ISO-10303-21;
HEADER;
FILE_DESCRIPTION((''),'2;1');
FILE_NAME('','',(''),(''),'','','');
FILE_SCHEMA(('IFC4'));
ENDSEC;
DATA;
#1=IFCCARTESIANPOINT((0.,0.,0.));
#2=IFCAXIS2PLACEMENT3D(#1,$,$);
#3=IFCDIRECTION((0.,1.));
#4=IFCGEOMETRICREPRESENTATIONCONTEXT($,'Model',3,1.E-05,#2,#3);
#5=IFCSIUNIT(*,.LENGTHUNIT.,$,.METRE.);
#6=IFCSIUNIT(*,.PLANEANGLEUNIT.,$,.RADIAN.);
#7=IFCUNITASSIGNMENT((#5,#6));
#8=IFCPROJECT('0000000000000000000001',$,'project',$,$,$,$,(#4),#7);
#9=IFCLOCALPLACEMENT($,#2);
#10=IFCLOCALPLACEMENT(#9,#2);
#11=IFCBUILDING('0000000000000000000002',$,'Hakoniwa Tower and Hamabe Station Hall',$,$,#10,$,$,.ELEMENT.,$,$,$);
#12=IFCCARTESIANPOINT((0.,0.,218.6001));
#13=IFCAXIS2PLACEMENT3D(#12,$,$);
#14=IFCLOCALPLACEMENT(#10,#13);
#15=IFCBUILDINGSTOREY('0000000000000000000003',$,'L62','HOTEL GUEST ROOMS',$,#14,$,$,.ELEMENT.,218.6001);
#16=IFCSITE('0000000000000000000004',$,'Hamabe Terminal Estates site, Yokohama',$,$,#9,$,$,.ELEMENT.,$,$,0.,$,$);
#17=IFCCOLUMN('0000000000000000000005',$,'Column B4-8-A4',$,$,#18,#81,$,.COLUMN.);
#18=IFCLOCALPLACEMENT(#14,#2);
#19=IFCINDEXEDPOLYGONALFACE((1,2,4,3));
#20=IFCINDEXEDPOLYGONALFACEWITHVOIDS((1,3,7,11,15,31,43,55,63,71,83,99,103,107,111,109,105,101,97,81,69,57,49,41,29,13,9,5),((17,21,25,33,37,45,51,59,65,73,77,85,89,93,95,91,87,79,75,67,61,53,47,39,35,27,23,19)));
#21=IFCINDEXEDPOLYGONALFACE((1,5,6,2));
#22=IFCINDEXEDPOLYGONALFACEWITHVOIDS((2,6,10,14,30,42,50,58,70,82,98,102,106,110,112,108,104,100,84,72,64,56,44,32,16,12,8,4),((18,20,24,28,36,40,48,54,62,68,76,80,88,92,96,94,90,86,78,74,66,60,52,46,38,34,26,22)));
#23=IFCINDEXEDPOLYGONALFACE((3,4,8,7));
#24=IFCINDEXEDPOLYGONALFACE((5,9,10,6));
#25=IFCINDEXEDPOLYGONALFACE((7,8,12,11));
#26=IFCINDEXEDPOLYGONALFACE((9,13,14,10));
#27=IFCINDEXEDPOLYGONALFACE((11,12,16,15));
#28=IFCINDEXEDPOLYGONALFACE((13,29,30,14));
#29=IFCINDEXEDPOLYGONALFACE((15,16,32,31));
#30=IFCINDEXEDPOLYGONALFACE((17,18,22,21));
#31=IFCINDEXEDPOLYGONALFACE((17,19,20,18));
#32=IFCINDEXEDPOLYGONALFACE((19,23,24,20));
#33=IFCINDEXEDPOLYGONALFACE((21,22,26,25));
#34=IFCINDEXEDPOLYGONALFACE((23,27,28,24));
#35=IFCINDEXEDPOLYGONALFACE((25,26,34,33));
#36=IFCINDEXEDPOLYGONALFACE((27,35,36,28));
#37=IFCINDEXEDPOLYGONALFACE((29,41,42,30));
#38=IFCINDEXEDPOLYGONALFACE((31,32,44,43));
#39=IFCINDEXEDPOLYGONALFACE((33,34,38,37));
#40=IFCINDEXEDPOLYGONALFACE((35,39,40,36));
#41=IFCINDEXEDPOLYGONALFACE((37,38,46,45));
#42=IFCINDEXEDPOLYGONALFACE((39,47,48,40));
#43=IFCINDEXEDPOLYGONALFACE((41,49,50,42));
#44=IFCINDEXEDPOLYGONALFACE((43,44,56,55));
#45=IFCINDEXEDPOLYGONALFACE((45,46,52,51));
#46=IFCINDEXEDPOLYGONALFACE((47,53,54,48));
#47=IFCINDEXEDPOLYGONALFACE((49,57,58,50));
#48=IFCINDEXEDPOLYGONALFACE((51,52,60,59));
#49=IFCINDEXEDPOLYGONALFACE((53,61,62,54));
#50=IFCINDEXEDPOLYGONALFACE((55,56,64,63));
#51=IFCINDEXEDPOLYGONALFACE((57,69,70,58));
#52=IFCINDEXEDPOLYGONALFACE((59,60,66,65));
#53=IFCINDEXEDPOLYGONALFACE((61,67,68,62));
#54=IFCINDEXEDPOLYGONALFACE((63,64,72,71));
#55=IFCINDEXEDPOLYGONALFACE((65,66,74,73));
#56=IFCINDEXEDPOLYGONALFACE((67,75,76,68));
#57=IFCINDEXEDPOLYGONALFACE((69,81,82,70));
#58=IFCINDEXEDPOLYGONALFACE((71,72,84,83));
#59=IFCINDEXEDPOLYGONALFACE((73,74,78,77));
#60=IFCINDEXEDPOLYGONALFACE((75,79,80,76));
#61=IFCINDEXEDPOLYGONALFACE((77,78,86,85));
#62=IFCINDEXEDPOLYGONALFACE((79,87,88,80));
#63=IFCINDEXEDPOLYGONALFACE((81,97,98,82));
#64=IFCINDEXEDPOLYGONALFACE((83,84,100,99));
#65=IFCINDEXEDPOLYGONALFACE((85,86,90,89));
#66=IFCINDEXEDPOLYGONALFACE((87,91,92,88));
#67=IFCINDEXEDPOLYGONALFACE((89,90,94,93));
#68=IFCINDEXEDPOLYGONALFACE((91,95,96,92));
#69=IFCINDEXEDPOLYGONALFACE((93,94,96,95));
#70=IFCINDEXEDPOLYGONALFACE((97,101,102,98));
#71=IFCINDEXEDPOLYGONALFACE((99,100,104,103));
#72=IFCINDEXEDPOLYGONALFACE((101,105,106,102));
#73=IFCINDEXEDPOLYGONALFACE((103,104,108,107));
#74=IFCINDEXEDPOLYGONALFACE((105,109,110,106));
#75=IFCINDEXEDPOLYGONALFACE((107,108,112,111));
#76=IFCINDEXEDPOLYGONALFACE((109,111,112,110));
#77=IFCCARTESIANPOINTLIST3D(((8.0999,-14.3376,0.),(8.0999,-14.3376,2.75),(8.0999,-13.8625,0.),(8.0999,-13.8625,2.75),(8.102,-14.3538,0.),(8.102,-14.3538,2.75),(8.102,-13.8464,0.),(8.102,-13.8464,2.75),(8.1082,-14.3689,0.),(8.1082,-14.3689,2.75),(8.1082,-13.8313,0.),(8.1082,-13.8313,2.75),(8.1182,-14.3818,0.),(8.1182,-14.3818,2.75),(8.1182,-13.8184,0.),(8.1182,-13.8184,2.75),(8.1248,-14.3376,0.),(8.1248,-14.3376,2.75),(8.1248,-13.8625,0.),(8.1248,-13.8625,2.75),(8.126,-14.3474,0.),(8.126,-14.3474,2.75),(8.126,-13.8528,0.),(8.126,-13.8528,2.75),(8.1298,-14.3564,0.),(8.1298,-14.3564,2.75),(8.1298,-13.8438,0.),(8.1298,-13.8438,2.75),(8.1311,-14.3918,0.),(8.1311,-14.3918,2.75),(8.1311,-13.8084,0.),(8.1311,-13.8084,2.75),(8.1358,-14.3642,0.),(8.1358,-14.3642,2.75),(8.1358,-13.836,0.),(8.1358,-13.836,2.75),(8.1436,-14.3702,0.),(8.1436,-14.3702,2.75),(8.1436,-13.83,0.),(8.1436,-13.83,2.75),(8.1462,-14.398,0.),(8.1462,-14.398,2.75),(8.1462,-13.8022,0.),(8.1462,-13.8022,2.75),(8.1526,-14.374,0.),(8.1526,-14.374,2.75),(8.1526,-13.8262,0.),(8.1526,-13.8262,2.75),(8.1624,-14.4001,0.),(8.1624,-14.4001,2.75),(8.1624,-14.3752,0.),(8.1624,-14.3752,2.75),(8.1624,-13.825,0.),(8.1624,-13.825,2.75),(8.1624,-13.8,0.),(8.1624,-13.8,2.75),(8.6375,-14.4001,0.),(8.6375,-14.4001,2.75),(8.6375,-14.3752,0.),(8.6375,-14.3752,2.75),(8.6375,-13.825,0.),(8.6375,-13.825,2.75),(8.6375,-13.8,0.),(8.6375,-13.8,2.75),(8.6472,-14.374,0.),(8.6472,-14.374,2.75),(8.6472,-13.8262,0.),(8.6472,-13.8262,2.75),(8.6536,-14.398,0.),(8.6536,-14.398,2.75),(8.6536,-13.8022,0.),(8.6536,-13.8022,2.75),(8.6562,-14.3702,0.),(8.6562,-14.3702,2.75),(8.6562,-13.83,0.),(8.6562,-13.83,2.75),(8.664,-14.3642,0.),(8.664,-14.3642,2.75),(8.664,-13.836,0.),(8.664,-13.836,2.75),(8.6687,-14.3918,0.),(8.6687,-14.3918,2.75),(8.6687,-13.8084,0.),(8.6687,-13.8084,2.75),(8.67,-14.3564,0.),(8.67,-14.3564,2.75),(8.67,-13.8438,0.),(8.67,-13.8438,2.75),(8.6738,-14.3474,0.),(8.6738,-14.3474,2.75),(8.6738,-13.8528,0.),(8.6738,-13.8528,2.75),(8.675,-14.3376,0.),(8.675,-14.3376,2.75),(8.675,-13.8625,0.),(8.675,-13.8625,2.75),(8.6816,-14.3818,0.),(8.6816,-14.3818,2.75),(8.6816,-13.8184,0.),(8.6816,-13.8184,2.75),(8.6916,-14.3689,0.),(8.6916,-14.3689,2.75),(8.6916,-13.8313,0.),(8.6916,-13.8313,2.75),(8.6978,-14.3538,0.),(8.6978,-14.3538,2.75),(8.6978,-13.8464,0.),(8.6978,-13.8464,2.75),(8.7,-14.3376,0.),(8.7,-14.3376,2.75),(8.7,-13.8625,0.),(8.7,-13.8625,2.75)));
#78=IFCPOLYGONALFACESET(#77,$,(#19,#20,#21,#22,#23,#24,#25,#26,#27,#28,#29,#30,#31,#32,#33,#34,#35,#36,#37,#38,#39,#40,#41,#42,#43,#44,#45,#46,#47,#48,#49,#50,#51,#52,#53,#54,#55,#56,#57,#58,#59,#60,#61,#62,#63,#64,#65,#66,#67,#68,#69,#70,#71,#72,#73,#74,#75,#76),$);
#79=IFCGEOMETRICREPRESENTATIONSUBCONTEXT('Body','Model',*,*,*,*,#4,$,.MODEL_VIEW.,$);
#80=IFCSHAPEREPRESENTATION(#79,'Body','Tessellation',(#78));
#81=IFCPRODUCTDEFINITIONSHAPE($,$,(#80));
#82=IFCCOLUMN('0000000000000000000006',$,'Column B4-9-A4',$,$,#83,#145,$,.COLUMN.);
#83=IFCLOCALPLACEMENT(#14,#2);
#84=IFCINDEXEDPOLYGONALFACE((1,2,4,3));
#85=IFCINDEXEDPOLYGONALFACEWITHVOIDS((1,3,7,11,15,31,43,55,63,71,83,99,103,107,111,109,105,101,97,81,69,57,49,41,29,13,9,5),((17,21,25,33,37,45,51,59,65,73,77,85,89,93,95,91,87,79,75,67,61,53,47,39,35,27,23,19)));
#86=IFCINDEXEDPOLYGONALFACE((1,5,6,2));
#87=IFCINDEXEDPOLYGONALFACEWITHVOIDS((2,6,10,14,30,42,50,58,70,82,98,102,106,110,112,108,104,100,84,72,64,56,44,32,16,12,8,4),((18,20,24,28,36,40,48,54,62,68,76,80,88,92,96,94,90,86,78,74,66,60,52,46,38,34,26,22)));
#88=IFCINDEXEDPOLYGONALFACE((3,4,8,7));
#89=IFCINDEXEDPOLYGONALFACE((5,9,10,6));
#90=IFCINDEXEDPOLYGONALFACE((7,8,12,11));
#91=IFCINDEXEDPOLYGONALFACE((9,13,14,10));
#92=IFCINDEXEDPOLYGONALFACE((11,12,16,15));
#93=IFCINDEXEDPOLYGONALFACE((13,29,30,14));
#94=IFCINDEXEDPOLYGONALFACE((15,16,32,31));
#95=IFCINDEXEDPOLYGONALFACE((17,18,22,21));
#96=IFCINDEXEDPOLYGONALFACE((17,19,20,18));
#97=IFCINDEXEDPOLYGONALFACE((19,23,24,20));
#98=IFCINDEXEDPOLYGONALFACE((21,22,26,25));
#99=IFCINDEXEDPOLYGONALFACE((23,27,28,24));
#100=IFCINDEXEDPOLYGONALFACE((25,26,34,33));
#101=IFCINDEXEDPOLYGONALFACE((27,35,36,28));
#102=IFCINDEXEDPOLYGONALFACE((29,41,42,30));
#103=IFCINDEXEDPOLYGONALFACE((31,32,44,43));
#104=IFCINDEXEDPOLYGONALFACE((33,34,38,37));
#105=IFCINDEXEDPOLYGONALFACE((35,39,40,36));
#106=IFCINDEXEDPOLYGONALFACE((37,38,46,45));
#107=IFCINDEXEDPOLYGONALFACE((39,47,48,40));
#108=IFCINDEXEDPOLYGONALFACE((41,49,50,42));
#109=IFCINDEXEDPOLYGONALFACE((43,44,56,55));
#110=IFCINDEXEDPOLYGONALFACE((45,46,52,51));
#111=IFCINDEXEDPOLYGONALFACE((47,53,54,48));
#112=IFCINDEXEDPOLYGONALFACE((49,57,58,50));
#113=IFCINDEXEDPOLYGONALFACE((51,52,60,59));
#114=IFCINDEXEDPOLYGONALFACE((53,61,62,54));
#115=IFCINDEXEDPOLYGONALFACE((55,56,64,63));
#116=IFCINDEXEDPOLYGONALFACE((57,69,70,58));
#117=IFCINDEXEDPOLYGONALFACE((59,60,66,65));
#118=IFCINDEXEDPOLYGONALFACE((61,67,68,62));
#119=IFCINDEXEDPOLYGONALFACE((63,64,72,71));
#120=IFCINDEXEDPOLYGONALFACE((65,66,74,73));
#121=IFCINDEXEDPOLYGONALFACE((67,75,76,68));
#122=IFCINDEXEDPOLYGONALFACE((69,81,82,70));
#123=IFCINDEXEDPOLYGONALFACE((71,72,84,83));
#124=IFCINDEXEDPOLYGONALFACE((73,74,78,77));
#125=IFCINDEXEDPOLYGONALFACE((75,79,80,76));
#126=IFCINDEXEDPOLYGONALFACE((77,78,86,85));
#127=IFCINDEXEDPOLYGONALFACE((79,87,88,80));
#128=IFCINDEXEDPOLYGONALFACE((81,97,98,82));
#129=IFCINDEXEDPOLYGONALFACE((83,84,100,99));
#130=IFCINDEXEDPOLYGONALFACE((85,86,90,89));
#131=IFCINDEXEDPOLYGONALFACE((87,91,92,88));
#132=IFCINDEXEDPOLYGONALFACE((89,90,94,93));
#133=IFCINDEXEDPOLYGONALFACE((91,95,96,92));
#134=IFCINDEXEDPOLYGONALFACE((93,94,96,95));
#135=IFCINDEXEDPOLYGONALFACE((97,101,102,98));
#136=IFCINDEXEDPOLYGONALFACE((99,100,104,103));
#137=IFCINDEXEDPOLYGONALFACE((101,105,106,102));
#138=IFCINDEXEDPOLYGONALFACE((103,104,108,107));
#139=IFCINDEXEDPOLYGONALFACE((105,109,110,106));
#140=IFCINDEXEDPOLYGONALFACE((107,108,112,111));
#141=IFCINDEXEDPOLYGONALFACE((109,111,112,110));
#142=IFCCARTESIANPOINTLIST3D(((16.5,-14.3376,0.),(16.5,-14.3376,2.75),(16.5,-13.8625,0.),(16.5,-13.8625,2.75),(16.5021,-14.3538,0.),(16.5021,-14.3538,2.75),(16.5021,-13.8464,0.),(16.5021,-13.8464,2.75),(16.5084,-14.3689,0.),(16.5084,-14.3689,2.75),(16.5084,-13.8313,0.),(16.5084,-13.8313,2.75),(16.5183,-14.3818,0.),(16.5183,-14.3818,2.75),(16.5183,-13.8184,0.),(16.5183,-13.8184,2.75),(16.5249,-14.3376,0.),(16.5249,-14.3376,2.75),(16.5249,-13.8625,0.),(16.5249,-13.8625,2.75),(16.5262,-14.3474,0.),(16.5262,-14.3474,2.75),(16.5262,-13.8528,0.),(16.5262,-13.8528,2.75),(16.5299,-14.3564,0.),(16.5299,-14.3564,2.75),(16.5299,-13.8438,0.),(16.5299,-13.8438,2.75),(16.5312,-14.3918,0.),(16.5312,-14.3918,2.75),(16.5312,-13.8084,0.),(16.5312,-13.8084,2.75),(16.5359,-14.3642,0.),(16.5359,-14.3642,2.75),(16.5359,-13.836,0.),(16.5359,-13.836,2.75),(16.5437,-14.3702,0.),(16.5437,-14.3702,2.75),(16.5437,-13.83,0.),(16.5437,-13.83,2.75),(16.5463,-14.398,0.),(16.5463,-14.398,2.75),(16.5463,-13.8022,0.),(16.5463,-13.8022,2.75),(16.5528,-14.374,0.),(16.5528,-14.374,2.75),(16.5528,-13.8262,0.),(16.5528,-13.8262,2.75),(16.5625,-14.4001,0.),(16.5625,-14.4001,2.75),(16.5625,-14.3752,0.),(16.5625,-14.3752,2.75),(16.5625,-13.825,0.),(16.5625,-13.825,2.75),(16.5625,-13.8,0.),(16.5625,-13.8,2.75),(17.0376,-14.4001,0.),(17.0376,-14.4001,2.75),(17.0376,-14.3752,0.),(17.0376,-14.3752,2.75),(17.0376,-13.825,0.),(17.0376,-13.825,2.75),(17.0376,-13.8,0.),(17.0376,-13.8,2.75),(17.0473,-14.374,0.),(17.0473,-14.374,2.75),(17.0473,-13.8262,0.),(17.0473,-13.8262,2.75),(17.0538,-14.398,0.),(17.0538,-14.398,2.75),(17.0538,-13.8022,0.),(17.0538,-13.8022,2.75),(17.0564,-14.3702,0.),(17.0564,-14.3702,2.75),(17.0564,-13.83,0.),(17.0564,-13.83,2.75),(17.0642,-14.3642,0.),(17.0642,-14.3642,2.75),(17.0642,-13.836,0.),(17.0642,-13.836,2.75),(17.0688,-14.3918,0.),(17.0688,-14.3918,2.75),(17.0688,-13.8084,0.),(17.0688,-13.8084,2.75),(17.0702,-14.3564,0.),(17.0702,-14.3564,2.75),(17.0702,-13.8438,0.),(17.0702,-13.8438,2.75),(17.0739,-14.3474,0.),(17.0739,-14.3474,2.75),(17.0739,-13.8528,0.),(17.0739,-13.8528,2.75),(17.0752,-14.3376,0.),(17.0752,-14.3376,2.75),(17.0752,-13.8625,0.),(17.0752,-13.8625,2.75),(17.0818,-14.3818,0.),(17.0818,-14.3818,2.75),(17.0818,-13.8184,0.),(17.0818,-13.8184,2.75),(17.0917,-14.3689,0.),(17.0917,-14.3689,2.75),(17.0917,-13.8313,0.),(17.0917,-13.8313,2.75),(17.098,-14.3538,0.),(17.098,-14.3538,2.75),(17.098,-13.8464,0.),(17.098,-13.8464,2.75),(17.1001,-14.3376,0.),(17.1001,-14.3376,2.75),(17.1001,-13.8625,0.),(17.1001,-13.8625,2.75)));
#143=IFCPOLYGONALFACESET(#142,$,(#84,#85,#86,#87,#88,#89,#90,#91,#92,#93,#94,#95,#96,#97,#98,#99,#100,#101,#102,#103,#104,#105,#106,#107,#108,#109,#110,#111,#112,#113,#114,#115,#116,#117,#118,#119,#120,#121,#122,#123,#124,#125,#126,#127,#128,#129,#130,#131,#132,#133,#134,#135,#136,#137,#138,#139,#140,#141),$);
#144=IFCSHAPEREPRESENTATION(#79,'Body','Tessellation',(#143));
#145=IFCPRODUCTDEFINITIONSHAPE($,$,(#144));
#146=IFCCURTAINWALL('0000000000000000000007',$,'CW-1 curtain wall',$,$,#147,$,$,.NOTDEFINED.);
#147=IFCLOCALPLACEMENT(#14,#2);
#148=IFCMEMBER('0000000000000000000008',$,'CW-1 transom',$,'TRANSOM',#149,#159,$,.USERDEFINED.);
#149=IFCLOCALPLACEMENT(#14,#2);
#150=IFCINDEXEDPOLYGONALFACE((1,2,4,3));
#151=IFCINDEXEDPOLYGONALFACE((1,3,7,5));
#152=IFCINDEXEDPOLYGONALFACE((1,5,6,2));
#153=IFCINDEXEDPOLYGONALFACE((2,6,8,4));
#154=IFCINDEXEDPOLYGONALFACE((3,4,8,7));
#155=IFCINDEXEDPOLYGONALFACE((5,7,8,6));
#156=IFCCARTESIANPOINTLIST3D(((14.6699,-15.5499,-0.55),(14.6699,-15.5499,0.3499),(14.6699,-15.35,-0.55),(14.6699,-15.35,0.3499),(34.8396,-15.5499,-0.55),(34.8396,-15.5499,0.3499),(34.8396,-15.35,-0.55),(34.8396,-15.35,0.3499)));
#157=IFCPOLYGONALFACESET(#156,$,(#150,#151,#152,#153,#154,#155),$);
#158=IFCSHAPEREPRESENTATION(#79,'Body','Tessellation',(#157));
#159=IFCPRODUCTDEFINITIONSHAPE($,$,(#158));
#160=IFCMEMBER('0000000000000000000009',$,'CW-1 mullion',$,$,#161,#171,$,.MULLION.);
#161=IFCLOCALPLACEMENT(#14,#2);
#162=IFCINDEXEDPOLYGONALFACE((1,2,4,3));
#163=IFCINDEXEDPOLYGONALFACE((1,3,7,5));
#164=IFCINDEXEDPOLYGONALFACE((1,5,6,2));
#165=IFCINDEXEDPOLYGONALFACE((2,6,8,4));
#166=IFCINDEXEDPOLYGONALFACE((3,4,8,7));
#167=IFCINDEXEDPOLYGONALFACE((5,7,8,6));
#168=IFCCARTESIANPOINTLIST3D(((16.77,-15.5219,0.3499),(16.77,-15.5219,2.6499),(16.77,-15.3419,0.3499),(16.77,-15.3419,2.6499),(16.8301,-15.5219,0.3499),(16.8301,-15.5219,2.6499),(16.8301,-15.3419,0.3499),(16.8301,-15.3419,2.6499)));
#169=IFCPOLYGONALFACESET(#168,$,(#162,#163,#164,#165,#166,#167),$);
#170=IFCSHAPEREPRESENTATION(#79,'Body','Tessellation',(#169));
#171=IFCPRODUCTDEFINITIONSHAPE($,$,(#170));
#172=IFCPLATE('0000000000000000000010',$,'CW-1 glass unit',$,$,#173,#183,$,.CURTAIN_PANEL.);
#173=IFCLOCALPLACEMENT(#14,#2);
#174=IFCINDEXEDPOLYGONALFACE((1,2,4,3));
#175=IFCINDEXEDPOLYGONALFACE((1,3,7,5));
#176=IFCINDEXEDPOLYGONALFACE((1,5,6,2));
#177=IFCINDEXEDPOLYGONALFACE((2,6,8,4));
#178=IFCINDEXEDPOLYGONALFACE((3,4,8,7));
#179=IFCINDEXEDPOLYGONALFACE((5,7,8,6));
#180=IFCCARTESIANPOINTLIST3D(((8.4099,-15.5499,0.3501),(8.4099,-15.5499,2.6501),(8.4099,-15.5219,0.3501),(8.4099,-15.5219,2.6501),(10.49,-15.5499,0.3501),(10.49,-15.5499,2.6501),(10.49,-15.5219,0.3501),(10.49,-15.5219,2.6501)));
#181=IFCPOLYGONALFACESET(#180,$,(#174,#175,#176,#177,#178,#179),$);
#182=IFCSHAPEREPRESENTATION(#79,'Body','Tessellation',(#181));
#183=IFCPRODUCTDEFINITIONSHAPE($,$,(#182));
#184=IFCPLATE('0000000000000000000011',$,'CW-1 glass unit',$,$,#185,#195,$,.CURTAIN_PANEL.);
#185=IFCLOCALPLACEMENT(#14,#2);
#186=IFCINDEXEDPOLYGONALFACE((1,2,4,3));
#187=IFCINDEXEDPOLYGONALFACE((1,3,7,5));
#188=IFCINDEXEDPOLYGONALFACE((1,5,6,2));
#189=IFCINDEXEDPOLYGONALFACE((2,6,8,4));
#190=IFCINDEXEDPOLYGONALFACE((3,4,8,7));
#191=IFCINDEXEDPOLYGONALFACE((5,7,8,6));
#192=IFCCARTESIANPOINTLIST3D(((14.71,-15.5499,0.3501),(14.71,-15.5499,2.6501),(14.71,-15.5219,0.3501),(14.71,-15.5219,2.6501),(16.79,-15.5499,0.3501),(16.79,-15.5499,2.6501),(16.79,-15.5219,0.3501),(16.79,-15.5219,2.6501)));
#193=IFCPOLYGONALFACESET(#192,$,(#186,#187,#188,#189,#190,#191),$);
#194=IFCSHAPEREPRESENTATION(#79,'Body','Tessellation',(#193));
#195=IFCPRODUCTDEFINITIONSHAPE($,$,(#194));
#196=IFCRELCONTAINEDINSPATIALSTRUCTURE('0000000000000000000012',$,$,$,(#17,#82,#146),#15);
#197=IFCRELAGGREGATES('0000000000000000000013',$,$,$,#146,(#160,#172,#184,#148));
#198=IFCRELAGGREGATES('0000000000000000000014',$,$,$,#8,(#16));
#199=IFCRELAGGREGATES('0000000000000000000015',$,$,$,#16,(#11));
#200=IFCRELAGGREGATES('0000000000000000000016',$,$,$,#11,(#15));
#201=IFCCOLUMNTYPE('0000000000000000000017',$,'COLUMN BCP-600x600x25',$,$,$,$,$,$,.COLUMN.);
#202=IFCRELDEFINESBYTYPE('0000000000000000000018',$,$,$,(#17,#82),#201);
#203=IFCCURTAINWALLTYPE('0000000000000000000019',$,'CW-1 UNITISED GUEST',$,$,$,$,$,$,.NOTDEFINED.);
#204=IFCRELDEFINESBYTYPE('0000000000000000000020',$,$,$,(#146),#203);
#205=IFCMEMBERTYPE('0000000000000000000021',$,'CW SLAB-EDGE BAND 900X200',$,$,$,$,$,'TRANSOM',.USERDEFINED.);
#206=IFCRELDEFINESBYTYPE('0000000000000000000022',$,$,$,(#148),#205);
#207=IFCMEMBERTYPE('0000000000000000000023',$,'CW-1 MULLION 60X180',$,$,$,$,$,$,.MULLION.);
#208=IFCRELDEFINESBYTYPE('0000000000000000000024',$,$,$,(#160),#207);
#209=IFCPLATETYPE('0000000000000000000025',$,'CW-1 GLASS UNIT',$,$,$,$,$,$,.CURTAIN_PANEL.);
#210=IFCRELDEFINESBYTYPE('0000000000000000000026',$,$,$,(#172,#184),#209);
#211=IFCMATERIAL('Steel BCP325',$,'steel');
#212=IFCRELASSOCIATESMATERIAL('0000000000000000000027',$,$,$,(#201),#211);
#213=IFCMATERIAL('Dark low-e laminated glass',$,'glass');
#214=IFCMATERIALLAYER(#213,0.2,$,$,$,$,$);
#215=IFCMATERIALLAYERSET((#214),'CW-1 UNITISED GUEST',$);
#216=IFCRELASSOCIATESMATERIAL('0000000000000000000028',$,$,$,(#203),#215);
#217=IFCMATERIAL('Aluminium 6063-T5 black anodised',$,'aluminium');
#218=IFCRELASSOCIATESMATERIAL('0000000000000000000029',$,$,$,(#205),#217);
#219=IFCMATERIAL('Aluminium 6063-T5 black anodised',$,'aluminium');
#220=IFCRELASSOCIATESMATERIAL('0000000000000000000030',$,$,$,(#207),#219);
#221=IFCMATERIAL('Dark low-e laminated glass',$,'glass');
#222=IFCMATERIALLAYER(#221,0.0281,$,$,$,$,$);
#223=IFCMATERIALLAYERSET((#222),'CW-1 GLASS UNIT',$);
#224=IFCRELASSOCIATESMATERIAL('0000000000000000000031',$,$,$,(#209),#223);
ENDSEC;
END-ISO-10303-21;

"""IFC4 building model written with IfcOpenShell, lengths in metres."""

from ifc_helpers import new_model, si_unit, direction, frame, origin, origin_2d, place, context, subcontext, project, spatial, rectangle, hollow_rectangle, extrude, material, layer, layer_set, material_profile, profile_set, type_object, element, aggregate, save


model = new_model("IFC4")

# Units and contexts
model_context = context("Model", 3, precision=1e-05, world=origin(), true_north=direction((0.0, 1.0)))
body_context = subcontext(model_context, "Body", "Model", "MODEL_VIEW")
ifc_project = project(units=[si_unit("LENGTHUNIT", "METRE"), si_unit("PLANEANGLEUNIT", "RADIAN")], contexts=[model_context])

# Site, building, storey
site_placement = place(None, origin())
site = spatial("IfcSite", under=ifc_project, at=site_placement, Name="Hamabe Terminal Estates site, Yokohama", CompositionType="ELEMENT", RefElevation=0.0)
building_placement = place(site_placement, origin())
building = spatial("IfcBuilding", under=site, at=building_placement, Name="Hakoniwa Tower and Hamabe Station Hall", CompositionType="ELEMENT")
storey_placement = place(building_placement, frame((0.0, 0.0, 218.6001)))
storey = spatial("IfcBuildingStorey", under=building, at=storey_placement, Name="L62", Description="HOTEL GUEST ROOMS", CompositionType="ELEMENT", Elevation=218.6001)

# Columns
ifc_material_1 = material(Name="Steel BCP325", Category="steel")
ifc_material_profile_1 = material_profile(ifc_material_1, hollow_rectangle(XDim=0.6001, YDim=0.6001, WallThickness=0.0249, InnerFilletRadius=0.0376, OuterFilletRadius=0.0625, at=origin_2d()), Name="BCP-600x600x25")
ifc_profile_set_1 = profile_set([ifc_material_profile_1], Name="Steel BCP325")
column_type = type_object("IfcColumnType", Name="COLUMN BCP-600x600x25", PredefinedType="COLUMN", material=ifc_profile_set_1)
for number, where, z_axis, x_axis, name in (
    (1, (8.3999, -14.1001, 0.0), (0.0, 0.0, 1.0), (1.0, 0.0, 0.0), "Column B4-8-A4"),
    (2, (16.8, -14.1001, 0.0), (0.0, 0.0, 1.0), (1.0, 0.0, 0.0), "Column B4-9-A4"),
):
    element("IfcColumn", number, at=place(storey_placement, frame(where, z_axis=z_axis, x_axis=x_axis)), inside=storey, type_object=column_type, Name=name, PredefinedType="COLUMN", context=body_context, shape_type="SweptSolid", body=[
        extrude(hollow_rectangle(XDim=0.6001, YDim=0.6001, WallThickness=0.0249, InnerFilletRadius=0.0376, OuterFilletRadius=0.0625, at=origin_2d()), origin(), (0.0, 0.0, 1.0), 2.75),
    ])

# Curtain wall, members, plates
ifc_material_2 = material(Name="Dark low-e laminated glass", Category="glass")
ifc_layer_1 = layer(ifc_material_2, 0.2)
ifc_layer_set_1 = layer_set([ifc_layer_1], Name="CW-1 UNITISED GUEST")
curtain_wall_type = type_object("IfcCurtainWallType", Name="CW-1 UNITISED GUEST", PredefinedType="NOTDEFINED", material=ifc_layer_set_1)
curtain_wall_placement = place(storey_placement, origin())
curtain_wall = element("IfcCurtainWall", 3, at=curtain_wall_placement, inside=storey, type_object=curtain_wall_type, Name="CW-1 curtain wall", PredefinedType="NOTDEFINED")
ifc_material_3 = material(Name="Aluminium 6063-T5 black anodised", Category="aluminium")
ifc_material_profile_2 = material_profile(ifc_material_3, rectangle(XDim=0.2, YDim=0.8999, at=origin_2d()), Name="CW SLAB-EDGE BAND 900X200")
ifc_profile_set_2 = profile_set([ifc_material_profile_2], Name="Aluminium 6063-T5 black anodised")
member_type_1 = type_object("IfcMemberType", Name="CW SLAB-EDGE BAND 900X200", ElementType="TRANSOM", PredefinedType="USERDEFINED", material=ifc_profile_set_2)
member_1_placement = place(storey_placement, frame((14.6699, -15.45, -0.1001), z_axis=(1.0, 0.0, 0.0), x_axis=(0.0, 1.0, 0.0)))
member_1 = element("IfcMember", 4, at=member_1_placement, type_object=member_type_1, Name="CW-1 transom", ObjectType="TRANSOM", PredefinedType="USERDEFINED", context=body_context, shape_type="SweptSolid", body=[
    extrude(rectangle(XDim=0.2, YDim=0.8999, at=origin_2d()), origin(), (0.0, 0.0, 1.0), 20.1697),
])
ifc_material_4 = material(Name="Aluminium 6063-T5 black anodised", Category="aluminium")
ifc_material_profile_3 = material_profile(ifc_material_4, rectangle(XDim=0.0601, YDim=0.1799, at=origin_2d()), Name="CW-1 MULLION 60X180")
ifc_profile_set_3 = profile_set([ifc_material_profile_3], Name="Aluminium 6063-T5 black anodised")
member_type_2 = type_object("IfcMemberType", Name="CW-1 MULLION 60X180", PredefinedType="MULLION", material=ifc_profile_set_3)
member_2_placement = place(storey_placement, frame((16.8, -15.4319, 0.3499), z_axis=(0.0, 0.0, 1.0), x_axis=(1.0, 0.0, 0.0)))
member_2 = element("IfcMember", 5, at=member_2_placement, type_object=member_type_2, Name="CW-1 mullion", PredefinedType="MULLION", context=body_context, shape_type="SweptSolid", body=[
    extrude(rectangle(XDim=0.0601, YDim=0.1799, at=origin_2d()), origin(), (0.0, 0.0, 1.0), 2.3),
])
ifc_material_5 = material(Name="Dark low-e laminated glass", Category="glass")
ifc_layer_2 = layer(ifc_material_5, 0.0281)
ifc_layer_set_2 = layer_set([ifc_layer_2], Name="CW-1 GLASS UNIT")
plate_type = type_object("IfcPlateType", Name="CW-1 GLASS UNIT", PredefinedType="CURTAIN_PANEL", material=ifc_layer_set_2)
plate_1_placement = place(storey_placement, frame((9.45, -15.5359, 0.3501), z_axis=(0.0, 0.0, 1.0), x_axis=(1.0, 0.0, 0.0)))
plate_1 = element("IfcPlate", 6, at=plate_1_placement, type_object=plate_type, Name="CW-1 glass unit", PredefinedType="CURTAIN_PANEL", context=body_context, shape_type="SweptSolid", body=[
    extrude(rectangle(XDim=2.0801, YDim=0.0281, at=origin_2d()), origin(), (0.0, 0.0, 1.0), 2.3),
])
plate_2_placement = place(storey_placement, frame((15.75, -15.5359, 0.3501), z_axis=(0.0, 0.0, 1.0), x_axis=(1.0, 0.0, 0.0)))
plate_2 = element("IfcPlate", 7, at=plate_2_placement, type_object=plate_type, Name="CW-1 glass unit", PredefinedType="CURTAIN_PANEL", context=body_context, shape_type="SweptSolid", body=[
    extrude(rectangle(XDim=2.0801, YDim=0.0281, at=origin_2d()), origin(), (0.0, 0.0, 1.0), 2.3),
])

aggregate(curtain_wall, [member_2, plate_1, plate_2, member_1])

save(model, "model.ifc")
